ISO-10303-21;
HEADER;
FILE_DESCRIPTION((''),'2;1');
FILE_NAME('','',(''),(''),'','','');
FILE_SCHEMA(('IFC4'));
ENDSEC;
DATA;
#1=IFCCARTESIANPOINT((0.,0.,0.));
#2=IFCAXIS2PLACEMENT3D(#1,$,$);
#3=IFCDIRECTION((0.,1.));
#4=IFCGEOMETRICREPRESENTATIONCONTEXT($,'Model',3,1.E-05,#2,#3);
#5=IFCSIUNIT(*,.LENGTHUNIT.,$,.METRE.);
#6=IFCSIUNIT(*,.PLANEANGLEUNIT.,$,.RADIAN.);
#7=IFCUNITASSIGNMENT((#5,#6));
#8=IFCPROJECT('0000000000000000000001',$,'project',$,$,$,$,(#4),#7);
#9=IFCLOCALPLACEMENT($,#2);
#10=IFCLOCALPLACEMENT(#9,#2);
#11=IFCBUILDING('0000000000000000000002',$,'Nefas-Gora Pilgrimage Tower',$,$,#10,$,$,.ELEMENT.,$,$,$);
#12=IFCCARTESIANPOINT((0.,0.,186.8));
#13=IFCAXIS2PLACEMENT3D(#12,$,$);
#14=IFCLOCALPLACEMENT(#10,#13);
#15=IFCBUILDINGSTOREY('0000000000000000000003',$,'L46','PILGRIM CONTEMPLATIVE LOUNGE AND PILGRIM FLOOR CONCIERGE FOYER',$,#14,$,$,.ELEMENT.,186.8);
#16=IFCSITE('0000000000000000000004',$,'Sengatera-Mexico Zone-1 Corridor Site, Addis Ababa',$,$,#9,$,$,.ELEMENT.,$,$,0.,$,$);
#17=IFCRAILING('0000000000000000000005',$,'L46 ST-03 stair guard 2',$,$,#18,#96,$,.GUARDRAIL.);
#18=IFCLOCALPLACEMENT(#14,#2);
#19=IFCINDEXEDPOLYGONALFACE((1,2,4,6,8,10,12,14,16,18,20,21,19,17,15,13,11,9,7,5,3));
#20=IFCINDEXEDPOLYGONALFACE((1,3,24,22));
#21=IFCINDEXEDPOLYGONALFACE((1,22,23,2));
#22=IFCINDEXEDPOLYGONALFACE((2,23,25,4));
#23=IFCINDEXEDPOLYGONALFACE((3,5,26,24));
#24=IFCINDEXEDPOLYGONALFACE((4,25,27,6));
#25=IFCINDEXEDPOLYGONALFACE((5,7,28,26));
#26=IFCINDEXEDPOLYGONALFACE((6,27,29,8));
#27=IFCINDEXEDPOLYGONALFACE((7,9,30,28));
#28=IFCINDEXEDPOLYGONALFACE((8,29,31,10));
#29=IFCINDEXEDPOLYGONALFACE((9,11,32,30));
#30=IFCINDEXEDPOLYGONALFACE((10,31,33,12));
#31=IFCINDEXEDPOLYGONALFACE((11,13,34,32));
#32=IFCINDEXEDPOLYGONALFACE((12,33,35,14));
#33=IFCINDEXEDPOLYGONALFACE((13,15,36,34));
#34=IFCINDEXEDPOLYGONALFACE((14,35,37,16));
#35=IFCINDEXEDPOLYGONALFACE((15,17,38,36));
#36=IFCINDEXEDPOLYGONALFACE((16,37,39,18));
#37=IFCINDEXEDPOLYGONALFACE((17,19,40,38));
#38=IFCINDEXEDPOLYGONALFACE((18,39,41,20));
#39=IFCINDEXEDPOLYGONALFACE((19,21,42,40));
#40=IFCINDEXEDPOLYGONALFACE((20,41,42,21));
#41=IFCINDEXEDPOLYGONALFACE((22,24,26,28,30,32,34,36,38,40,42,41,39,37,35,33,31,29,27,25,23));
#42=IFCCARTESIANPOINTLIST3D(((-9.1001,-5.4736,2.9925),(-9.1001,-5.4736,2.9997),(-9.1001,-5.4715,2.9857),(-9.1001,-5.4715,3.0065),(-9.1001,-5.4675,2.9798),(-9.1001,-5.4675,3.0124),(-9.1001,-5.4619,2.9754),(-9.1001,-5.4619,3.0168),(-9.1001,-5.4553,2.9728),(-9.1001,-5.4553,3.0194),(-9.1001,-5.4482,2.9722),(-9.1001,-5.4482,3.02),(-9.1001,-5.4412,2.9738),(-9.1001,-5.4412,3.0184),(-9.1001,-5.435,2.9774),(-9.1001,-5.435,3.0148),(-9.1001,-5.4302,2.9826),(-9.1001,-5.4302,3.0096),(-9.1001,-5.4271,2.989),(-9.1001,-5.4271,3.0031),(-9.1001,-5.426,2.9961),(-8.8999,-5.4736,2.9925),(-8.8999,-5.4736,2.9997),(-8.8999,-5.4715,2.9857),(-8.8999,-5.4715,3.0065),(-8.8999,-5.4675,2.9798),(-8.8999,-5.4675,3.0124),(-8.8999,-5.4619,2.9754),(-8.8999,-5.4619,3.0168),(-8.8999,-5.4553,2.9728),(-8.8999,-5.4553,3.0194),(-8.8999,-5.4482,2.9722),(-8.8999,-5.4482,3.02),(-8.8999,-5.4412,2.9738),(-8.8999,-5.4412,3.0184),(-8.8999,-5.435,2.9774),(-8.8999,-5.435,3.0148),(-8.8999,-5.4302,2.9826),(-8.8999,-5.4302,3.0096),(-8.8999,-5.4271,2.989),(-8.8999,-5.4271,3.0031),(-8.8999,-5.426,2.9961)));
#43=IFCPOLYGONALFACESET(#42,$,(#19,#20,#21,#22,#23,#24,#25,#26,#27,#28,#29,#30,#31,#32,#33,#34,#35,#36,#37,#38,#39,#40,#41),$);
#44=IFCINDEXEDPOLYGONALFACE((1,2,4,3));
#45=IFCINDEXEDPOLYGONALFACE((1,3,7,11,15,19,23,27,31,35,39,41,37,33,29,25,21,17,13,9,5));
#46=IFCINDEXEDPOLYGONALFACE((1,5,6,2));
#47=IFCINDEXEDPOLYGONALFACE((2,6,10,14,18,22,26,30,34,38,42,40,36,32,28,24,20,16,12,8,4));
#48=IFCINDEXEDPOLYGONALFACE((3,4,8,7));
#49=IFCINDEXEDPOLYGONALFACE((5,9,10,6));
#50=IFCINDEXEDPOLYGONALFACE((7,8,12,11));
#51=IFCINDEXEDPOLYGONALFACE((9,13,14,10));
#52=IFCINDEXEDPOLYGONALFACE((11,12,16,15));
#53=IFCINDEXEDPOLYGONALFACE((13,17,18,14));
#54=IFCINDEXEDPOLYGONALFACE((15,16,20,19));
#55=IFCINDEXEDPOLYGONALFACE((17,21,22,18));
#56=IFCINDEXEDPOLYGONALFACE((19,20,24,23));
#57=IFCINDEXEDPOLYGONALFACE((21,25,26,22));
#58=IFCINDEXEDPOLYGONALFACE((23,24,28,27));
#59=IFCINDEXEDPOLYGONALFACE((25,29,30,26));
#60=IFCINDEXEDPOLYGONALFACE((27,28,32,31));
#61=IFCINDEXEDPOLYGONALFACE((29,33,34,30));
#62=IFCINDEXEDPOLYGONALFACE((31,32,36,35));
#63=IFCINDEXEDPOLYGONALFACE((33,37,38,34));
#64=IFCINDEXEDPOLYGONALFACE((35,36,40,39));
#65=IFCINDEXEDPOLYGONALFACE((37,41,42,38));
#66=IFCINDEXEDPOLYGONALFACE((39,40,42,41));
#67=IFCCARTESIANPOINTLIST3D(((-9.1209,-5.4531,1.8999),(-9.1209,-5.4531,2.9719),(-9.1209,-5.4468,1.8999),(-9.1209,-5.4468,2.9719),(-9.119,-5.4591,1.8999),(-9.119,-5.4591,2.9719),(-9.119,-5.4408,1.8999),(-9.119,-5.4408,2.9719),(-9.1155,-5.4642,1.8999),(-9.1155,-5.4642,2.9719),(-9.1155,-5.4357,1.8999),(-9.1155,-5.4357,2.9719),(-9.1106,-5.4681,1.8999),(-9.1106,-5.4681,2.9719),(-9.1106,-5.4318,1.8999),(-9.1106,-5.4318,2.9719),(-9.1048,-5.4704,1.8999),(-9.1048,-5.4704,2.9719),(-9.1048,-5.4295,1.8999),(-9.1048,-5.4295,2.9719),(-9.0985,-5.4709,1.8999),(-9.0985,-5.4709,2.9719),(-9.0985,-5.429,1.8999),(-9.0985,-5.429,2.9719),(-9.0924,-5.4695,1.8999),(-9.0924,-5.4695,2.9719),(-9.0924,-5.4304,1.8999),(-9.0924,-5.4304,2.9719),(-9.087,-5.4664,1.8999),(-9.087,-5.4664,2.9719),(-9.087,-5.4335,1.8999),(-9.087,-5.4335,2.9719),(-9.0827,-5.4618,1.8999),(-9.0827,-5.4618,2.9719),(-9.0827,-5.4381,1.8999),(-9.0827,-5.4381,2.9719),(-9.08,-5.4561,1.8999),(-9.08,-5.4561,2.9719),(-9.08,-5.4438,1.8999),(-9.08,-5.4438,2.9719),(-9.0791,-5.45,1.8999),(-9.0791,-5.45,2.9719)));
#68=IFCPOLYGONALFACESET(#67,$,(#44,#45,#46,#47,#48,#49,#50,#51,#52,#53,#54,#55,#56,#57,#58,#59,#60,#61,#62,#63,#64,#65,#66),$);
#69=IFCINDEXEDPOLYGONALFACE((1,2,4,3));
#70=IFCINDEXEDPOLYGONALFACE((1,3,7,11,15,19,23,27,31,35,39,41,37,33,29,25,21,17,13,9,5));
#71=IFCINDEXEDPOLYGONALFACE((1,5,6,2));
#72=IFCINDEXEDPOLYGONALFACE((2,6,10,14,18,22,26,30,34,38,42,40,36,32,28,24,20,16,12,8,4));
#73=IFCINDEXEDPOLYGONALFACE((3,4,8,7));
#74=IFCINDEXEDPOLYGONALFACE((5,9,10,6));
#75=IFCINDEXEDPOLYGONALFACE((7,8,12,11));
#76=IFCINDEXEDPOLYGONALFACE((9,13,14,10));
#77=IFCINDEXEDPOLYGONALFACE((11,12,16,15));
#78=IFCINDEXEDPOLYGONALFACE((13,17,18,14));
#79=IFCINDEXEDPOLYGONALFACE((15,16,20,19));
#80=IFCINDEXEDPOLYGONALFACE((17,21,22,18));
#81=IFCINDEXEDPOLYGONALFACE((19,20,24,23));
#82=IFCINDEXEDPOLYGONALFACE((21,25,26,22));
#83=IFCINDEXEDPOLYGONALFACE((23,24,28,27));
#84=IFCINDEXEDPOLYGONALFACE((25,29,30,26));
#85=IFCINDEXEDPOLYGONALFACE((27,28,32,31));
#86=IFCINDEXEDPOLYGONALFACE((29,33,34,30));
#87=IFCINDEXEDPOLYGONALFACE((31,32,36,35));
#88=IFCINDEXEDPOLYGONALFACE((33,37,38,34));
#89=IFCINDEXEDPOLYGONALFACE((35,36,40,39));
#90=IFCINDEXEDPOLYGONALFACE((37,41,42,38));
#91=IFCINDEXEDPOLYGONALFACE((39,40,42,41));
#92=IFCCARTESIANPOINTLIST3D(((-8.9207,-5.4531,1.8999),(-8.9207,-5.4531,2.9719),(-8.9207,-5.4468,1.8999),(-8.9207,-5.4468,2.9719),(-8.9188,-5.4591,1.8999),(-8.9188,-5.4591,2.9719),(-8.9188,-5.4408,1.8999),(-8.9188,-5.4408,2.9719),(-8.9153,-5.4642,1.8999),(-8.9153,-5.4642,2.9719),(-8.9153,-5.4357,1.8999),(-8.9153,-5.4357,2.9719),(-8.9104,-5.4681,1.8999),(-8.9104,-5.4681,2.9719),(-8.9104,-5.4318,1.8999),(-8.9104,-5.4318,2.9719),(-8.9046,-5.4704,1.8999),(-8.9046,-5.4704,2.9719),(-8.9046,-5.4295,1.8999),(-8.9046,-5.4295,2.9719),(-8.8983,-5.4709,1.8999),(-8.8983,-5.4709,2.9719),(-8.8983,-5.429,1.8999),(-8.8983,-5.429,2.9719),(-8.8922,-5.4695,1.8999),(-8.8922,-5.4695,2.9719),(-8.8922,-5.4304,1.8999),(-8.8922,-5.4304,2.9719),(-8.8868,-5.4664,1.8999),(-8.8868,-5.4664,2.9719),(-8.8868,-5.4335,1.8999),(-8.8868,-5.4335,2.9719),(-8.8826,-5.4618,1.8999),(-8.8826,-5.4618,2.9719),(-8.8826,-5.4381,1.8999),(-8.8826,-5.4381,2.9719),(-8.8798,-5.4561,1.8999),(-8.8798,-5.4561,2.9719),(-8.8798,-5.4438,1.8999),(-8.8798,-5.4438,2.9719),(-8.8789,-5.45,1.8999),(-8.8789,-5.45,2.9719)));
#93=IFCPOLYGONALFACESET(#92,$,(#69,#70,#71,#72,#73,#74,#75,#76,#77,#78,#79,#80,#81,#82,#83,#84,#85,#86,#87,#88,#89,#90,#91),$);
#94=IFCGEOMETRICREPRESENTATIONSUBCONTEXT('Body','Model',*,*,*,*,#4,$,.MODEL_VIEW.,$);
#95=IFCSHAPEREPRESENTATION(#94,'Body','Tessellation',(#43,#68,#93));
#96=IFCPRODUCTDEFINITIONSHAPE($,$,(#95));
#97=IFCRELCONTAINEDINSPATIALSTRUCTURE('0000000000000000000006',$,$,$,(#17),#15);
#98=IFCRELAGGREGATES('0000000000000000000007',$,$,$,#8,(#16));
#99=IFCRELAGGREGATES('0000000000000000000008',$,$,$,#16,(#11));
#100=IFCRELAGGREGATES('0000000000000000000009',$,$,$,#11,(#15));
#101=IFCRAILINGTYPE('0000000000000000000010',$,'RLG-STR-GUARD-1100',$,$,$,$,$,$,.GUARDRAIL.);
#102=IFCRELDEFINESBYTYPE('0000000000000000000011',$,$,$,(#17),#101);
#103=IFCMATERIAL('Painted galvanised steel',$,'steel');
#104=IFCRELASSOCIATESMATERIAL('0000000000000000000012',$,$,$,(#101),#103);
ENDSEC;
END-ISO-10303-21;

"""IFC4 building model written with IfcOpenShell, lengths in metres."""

from ifc_helpers import new_model, si_unit, direction, frame, origin, origin_2d, place, context, subcontext, project, spatial, circle, extrude, material, type_object, element, save


model = new_model("IFC4")

# Units and contexts
model_context = context("Model", 3, precision=1e-05, world=origin(), true_north=direction((0.0, 1.0)))
body_context = subcontext(model_context, "Body", "Model", "MODEL_VIEW")
ifc_project = project(units=[si_unit("LENGTHUNIT", "METRE"), si_unit("PLANEANGLEUNIT", "RADIAN")], contexts=[model_context])

# Site, building, storey
site_placement = place(None, origin())
site = spatial("IfcSite", under=ifc_project, at=site_placement, Name="Sengatera-Mexico Zone-1 Corridor Site, Addis Ababa", CompositionType="ELEMENT", RefElevation=0.0)
building_placement = place(site_placement, origin())
building = spatial("IfcBuilding", under=site, at=building_placement, Name="Nefas-Gora Pilgrimage Tower", CompositionType="ELEMENT")
storey_placement = place(building_placement, frame((0.0, 0.0, 186.8)))
storey = spatial("IfcBuildingStorey", under=building, at=storey_placement, Name="L46", Description="PILGRIM CONTEMPLATIVE LOUNGE AND PILGRIM FLOOR CONCIERGE FOYER", CompositionType="ELEMENT", Elevation=186.8)

# Railing
ifc_material_1 = material(Name="Painted galvanised steel", Category="steel")
railing_type_1 = type_object("IfcRailingType", Name="RLG-STR-GUARD-1100", PredefinedType="GUARDRAIL", material=ifc_material_1)
railing_1_placement = place(storey_placement, frame((-9.1001, -5.45, 1.8999)))
element("IfcRailing", 1, at=railing_1_placement, inside=storey, type_object=railing_type_1, Name="L46 ST-03 stair guard 2", PredefinedType="GUARDRAIL", context=body_context, shape_type="SweptSolid", body=[
    extrude(circle(Radius=0.0239, at=origin_2d()), frame((0.0, 0.0, 1.0962), z_axis=(1.0, 0.0, 0.0), x_axis=(0.0, 1.0, 0.0)), (0.0, 0.0, 1.0), 0.2002),
    extrude(circle(Radius=0.021, at=origin_2d()), origin(), (0.0, 0.0, 1.0), 1.072),
    extrude(circle(Radius=0.021, at=origin_2d()), frame((0.2002, 0.0, 0.0)), (0.0, 0.0, 1.0), 1.072),
])

save(model, "model.ifc")
